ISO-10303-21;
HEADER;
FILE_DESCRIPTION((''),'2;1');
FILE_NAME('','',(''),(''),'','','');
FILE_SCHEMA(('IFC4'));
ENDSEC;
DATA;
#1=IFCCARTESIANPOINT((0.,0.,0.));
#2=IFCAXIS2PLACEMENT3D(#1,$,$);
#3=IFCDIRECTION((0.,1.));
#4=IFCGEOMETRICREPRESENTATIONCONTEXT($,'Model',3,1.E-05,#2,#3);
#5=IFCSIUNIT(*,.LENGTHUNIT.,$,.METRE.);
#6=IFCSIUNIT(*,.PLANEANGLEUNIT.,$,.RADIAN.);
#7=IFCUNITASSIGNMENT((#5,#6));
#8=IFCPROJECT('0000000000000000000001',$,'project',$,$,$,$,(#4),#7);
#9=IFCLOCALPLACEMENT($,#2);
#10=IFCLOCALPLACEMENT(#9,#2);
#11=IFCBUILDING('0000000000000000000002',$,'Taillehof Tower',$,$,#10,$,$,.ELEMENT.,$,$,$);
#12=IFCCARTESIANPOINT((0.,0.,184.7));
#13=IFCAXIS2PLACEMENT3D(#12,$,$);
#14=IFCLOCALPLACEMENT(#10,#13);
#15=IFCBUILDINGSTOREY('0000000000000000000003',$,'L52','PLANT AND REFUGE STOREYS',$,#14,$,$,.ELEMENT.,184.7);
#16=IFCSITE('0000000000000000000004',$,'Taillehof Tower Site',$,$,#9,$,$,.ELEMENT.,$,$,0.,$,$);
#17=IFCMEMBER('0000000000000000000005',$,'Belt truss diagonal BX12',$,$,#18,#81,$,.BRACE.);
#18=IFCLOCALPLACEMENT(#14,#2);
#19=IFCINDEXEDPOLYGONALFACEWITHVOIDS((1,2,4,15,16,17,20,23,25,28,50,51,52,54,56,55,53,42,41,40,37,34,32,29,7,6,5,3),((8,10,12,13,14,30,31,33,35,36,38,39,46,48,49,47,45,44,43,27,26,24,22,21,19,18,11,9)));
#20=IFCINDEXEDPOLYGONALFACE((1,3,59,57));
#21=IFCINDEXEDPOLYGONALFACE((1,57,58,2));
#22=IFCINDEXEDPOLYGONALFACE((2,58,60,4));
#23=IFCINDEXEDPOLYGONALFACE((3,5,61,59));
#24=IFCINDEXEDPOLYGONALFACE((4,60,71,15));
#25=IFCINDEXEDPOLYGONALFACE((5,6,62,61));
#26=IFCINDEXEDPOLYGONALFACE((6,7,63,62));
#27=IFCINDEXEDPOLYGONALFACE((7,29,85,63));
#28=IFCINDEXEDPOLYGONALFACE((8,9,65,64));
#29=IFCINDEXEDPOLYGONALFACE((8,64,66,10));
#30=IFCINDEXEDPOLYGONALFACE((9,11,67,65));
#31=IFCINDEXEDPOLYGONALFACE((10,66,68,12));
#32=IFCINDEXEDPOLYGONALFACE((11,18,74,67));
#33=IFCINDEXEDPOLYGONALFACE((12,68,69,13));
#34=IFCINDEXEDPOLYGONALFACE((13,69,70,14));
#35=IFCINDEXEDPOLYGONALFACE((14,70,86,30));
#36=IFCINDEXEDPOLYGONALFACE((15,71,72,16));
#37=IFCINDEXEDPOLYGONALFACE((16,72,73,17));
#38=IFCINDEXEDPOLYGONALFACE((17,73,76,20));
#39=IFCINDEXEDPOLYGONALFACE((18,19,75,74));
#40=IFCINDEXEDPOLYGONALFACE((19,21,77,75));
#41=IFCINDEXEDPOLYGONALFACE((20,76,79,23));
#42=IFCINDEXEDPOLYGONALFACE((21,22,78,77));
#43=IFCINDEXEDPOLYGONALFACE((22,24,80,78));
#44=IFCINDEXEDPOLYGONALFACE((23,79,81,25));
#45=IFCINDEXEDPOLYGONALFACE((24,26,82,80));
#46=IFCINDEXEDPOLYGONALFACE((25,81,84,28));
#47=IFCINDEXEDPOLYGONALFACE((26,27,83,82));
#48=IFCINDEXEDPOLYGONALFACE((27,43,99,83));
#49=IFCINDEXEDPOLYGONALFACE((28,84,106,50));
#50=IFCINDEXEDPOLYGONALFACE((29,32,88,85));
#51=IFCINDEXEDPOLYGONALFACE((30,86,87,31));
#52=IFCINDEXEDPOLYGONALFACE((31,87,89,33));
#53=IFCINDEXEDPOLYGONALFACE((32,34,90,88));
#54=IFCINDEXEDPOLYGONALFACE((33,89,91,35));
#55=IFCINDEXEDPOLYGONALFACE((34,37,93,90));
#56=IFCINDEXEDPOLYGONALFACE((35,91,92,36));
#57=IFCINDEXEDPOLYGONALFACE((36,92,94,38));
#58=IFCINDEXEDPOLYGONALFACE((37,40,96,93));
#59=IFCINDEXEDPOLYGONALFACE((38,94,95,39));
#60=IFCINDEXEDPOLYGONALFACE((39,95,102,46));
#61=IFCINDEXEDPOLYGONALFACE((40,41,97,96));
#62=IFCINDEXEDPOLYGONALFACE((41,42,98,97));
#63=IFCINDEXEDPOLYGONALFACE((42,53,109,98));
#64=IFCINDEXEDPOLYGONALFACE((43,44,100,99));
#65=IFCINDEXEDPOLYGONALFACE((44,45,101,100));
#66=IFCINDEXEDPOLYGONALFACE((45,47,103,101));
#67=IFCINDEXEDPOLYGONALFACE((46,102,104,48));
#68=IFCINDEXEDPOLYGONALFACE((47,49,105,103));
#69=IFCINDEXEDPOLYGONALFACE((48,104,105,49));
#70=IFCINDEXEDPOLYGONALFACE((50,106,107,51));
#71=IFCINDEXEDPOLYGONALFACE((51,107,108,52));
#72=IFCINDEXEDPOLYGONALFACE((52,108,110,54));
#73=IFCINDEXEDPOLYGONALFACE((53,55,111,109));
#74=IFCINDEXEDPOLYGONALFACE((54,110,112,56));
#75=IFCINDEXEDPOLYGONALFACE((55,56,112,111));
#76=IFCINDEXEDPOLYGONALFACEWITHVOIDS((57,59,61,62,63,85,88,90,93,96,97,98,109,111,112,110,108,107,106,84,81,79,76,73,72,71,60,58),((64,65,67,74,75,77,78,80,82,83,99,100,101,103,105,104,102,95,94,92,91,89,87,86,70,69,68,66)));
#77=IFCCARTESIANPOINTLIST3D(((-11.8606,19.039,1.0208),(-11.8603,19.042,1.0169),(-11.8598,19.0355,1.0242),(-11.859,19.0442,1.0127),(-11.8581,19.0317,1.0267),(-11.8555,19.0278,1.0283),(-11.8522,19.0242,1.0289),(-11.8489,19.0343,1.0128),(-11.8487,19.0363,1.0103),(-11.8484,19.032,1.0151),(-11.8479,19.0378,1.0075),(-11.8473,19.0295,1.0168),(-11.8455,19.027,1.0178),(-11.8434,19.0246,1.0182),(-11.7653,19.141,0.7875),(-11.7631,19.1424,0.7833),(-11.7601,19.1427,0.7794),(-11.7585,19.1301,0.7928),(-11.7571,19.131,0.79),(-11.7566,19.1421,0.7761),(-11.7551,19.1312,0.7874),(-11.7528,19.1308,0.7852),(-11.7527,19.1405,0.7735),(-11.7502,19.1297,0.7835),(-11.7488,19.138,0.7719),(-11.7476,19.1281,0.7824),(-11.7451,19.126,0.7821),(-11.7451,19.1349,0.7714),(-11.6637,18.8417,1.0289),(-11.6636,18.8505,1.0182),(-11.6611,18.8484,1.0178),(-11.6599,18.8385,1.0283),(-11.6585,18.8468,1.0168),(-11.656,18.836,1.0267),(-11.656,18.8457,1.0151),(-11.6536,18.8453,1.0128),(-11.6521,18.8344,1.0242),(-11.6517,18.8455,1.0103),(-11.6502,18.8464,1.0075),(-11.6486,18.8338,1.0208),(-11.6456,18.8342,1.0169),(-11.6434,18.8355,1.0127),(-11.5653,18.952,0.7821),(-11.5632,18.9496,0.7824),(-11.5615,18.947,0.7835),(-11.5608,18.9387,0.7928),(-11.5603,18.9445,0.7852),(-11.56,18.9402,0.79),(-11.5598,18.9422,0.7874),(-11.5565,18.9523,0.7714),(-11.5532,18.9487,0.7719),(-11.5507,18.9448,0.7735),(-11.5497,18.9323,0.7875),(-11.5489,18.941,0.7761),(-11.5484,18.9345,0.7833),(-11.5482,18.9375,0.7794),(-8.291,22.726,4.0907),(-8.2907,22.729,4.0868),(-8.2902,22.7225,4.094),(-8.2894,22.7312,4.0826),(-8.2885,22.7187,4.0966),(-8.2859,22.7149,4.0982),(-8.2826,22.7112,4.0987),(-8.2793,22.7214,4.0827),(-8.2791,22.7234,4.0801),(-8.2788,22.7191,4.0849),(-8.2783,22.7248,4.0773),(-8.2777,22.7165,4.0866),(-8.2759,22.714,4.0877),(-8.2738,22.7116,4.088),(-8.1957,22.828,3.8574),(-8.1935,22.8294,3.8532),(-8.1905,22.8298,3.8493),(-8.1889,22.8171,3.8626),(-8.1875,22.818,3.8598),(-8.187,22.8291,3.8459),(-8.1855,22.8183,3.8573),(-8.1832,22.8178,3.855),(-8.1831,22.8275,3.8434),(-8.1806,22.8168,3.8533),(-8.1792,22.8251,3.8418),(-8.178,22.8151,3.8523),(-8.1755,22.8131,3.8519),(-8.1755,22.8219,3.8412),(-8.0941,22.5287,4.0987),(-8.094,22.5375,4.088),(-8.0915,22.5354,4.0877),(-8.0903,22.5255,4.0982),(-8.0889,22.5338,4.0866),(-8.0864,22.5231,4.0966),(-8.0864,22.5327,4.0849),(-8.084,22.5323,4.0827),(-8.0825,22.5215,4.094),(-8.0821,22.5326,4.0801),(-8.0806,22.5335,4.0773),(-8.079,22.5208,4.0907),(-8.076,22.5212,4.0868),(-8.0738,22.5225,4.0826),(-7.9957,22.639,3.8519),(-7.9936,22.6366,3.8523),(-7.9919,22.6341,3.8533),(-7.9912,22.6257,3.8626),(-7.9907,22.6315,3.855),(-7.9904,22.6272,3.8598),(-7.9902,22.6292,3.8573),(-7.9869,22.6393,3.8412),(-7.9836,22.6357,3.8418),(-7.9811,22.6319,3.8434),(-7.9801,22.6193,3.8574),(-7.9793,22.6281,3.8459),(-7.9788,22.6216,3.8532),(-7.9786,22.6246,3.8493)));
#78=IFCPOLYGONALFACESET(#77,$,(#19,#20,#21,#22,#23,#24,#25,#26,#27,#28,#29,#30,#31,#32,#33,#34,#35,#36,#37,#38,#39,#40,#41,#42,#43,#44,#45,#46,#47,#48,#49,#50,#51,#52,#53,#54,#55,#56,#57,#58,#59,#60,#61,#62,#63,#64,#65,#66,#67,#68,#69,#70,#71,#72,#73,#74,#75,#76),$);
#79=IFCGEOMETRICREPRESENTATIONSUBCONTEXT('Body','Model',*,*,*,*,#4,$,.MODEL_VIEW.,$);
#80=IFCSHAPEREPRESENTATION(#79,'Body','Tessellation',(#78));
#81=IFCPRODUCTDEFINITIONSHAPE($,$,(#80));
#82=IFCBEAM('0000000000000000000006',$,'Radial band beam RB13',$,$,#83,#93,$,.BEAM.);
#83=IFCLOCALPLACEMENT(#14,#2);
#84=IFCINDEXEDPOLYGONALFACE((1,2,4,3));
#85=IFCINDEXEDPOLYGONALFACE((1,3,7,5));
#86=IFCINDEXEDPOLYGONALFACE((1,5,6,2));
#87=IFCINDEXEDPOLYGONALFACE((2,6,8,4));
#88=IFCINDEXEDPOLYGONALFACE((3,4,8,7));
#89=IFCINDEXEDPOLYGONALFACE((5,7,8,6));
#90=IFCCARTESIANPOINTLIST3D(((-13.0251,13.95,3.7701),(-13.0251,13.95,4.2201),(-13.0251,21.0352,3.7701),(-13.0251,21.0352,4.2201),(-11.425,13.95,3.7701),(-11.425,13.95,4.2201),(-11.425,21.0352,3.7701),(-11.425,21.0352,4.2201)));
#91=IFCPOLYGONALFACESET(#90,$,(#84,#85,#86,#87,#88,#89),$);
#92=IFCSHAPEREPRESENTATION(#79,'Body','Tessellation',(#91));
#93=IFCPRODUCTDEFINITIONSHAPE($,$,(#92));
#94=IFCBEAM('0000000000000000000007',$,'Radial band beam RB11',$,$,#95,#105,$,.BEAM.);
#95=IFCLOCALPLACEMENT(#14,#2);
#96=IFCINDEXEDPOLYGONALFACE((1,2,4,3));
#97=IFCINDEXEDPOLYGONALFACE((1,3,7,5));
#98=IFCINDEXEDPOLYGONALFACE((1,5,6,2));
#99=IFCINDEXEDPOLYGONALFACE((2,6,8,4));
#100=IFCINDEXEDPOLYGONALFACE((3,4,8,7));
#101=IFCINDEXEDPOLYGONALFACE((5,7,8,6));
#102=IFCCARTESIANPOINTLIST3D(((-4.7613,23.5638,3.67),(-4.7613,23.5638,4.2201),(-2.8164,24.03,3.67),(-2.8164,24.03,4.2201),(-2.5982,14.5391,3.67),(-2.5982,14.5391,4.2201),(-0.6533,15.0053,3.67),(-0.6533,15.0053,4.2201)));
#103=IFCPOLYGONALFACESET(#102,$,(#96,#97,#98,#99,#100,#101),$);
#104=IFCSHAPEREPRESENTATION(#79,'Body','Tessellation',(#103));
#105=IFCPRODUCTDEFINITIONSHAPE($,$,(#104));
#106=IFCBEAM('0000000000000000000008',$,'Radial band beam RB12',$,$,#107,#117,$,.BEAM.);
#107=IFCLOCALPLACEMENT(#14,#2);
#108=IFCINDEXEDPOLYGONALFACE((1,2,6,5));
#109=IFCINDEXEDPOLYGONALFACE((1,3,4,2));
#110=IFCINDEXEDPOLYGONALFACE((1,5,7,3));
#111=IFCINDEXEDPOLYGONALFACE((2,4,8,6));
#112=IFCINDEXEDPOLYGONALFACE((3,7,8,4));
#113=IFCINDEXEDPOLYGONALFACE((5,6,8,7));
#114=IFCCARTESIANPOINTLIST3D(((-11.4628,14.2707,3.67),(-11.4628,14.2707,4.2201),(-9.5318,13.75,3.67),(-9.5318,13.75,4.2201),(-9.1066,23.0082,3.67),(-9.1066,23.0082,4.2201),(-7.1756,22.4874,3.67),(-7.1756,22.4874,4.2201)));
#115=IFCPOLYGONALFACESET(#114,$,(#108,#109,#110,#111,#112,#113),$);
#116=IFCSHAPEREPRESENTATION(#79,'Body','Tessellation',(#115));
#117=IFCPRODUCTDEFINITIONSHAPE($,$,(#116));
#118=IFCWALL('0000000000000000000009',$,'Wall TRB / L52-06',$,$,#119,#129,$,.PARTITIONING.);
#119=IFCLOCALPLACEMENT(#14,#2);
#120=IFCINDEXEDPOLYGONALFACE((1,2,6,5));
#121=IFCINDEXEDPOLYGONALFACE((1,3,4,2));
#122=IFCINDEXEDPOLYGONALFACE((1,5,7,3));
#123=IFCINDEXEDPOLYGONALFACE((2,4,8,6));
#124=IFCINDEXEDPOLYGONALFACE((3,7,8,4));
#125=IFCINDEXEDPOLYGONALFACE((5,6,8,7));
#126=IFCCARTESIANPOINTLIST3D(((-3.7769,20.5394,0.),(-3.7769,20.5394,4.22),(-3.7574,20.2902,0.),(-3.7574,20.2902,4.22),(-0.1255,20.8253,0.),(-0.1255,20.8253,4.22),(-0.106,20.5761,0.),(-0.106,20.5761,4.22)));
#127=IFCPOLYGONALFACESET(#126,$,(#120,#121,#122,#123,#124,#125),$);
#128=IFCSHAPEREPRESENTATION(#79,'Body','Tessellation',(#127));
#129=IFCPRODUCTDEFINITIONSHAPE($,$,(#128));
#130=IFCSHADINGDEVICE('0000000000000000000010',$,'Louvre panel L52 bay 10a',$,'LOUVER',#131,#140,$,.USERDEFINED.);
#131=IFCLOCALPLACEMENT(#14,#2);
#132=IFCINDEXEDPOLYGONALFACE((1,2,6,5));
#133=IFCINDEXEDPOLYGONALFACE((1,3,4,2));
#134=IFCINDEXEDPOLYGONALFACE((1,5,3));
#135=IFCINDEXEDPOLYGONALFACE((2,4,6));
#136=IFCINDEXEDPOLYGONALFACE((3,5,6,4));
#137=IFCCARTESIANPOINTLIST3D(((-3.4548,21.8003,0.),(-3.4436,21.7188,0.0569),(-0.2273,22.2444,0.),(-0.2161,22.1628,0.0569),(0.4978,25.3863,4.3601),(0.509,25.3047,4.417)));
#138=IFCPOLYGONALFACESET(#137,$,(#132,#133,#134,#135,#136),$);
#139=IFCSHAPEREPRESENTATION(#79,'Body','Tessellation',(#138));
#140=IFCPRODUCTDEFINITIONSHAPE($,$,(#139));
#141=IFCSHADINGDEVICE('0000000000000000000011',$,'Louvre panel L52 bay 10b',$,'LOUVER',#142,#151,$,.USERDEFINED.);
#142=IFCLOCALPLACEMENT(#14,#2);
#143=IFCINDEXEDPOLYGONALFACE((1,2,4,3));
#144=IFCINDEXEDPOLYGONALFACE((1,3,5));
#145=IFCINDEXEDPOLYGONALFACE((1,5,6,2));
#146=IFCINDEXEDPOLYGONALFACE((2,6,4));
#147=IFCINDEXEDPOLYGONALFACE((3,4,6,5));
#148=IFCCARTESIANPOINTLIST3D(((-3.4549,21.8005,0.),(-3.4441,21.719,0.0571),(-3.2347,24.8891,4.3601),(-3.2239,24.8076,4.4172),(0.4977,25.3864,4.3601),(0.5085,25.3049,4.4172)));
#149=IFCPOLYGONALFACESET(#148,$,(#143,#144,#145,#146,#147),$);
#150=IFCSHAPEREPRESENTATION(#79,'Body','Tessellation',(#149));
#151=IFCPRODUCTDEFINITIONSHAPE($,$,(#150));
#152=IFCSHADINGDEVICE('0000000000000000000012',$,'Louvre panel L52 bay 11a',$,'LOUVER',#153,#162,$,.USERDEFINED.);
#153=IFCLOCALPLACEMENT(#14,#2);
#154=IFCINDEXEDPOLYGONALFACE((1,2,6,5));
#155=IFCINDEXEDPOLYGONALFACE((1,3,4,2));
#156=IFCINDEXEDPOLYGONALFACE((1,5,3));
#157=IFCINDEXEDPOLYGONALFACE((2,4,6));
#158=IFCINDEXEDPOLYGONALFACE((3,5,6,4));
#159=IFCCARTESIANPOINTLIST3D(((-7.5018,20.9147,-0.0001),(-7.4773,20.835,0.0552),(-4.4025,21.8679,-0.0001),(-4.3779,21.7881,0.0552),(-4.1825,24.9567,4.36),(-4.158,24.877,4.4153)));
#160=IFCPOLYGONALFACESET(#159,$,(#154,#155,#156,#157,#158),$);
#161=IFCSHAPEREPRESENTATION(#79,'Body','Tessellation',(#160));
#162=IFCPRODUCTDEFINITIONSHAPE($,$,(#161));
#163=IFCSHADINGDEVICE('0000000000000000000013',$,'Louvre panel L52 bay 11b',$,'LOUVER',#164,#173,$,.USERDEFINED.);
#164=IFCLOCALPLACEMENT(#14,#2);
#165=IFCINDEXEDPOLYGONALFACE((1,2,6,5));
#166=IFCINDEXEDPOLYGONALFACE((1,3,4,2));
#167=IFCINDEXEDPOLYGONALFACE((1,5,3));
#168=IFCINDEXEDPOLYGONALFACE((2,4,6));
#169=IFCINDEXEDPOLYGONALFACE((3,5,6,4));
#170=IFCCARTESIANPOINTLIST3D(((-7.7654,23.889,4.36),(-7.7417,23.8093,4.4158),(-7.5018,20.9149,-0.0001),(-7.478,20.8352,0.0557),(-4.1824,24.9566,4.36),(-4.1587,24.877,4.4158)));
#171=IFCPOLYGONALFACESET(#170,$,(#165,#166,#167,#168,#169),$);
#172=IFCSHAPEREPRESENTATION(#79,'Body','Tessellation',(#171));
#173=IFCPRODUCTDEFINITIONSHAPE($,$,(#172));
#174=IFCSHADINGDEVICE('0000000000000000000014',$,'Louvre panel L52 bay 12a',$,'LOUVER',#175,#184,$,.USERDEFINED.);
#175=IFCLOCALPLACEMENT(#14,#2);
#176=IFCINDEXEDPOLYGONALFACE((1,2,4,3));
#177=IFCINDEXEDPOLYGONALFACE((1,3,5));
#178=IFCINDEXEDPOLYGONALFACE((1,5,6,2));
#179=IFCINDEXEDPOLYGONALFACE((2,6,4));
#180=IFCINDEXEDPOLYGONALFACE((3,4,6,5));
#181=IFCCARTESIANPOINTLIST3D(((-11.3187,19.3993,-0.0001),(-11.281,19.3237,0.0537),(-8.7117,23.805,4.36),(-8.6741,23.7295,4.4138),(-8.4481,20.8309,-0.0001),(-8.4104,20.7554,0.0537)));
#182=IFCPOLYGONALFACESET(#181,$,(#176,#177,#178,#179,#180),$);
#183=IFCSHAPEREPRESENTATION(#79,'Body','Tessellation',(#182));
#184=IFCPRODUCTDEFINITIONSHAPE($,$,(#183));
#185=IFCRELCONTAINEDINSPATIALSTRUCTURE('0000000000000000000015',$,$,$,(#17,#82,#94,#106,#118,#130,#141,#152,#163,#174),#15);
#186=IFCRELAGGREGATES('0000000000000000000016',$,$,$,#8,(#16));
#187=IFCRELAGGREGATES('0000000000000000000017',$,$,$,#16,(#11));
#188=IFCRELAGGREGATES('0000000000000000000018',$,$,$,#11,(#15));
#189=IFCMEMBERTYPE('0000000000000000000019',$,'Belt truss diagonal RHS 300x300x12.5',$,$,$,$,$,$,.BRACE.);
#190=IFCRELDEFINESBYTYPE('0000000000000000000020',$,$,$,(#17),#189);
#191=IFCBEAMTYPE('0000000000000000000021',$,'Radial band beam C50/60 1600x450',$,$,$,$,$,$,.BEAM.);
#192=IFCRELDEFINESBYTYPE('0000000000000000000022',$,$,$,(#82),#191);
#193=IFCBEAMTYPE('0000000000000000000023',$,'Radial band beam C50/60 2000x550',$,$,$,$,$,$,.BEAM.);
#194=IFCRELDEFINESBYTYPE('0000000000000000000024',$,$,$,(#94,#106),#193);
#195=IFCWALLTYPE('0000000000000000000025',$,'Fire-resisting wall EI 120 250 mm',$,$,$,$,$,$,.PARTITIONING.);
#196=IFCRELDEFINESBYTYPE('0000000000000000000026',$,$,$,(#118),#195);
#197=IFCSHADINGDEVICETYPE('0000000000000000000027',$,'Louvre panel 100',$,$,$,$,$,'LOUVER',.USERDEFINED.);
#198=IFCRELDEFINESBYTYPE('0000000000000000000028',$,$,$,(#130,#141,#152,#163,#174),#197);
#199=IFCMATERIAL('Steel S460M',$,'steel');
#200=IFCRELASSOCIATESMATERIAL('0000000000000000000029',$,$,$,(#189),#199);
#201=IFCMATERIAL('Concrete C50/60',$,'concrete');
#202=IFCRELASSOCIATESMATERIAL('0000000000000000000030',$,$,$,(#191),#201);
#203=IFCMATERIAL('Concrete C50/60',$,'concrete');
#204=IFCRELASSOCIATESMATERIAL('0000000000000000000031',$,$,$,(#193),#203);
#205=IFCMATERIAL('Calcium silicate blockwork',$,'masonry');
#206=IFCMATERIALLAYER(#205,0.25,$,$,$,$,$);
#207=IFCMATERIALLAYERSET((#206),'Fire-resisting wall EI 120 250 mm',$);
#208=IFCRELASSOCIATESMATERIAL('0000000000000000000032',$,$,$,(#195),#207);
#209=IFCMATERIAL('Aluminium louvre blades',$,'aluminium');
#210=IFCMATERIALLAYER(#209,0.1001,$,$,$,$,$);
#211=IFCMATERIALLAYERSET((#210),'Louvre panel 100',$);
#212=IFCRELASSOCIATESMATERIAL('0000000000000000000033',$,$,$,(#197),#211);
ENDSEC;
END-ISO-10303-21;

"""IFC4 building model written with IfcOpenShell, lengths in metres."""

from ifc_helpers import new_model, si_unit, direction, frame, frame_2d, origin, origin_2d, place, context, subcontext, project, spatial, polyline, rectangle, hollow_rectangle, outline, extrude, material, layer, layer_set, material_profile, profile_set, type_object, element, save


model = new_model("IFC4")

# Units and contexts
model_context = context("Model", 3, precision=1e-05, world=origin(), true_north=direction((0.0, 1.0)))
body_context = subcontext(model_context, "Body", "Model", "MODEL_VIEW")
ifc_project = project(units=[si_unit("LENGTHUNIT", "METRE"), si_unit("PLANEANGLEUNIT", "RADIAN")], contexts=[model_context])

# Site, building, storey
site_placement = place(None, origin())
site = spatial("IfcSite", under=ifc_project, at=site_placement, Name="Taillehof Tower Site", CompositionType="ELEMENT", RefElevation=0.0)
building_placement = place(site_placement, origin())
building = spatial("IfcBuilding", under=site, at=building_placement, Name="Taillehof Tower", CompositionType="ELEMENT")
storey_placement = place(building_placement, frame((0.0, 0.0, 184.7)))
storey = spatial("IfcBuildingStorey", under=building, at=storey_placement, Name="L52", Description="PLANT AND REFUGE STOREYS", CompositionType="ELEMENT", Elevation=184.7)

# Member
ifc_material_1 = material(Name="Steel S460M", Category="steel")
ifc_material_profile_1 = material_profile(ifc_material_1, hollow_rectangle(XDim=0.3, YDim=0.3, WallThickness=0.0125, InnerFilletRadius=0.0125, OuterFilletRadius=0.0188, at=origin_2d()), Name="RHS 300x300x12.5")
ifc_profile_set_1 = profile_set([ifc_material_profile_1], Name="Steel S460M")
member_type_1 = type_object("IfcMemberType", Name="Belt truss diagonal RHS 300x300x12.5", PredefinedType="BRACE", material=ifc_profile_set_1)
member_1_placement = place(storey_placement, frame((-8.1348, 22.6753, 3.97), z_axis=(-0.596925, -0.616563, -0.513353), x_axis=(0.718456, -0.695573, 0.0)))
element("IfcMember", 1, at=member_1_placement, inside=storey, type_object=member_type_1, Name="Belt truss diagonal BX12", PredefinedType="BRACE", context=body_context, shape_type="SweptSolid", body=[
    extrude(hollow_rectangle(XDim=0.3, YDim=0.3, WallThickness=0.0125, InnerFilletRadius=0.0125, OuterFilletRadius=0.0188, at=origin_2d()), origin(), (0.0, 0.0, 1.0), 5.98),
])

# Beams
ifc_material_2 = material(Name="Concrete C50/60", Category="concrete")
ifc_material_profile_2 = material_profile(ifc_material_2, rectangle(XDim=1.6001, YDim=0.45, at=origin_2d()), Name="RC 1600x450")
ifc_profile_set_2 = profile_set([ifc_material_profile_2], Name="Concrete C50/60")
beam_type_1 = type_object("IfcBeamType", Name="Radial band beam C50/60 1600x450", PredefinedType="BEAM", material=ifc_profile_set_2)
beam_1_placement = place(storey_placement, frame((-12.2251, 21.0352, 3.9951), z_axis=(0.0, -1.0, 0.0), x_axis=(1.0, 0.0, 0.0)))
element("IfcBeam", 2, at=beam_1_placement, inside=storey, type_object=beam_type_1, Name="Radial band beam RB13", PredefinedType="BEAM", context=body_context, shape_type="SweptSolid", body=[
    extrude(rectangle(XDim=1.6001, YDim=0.45, at=origin_2d()), origin(), (0.0, 0.0, 1.0), 7.0852),
])
ifc_material_3 = material(Name="Concrete C50/60", Category="concrete")
ifc_material_profile_3 = material_profile(ifc_material_3, rectangle(XDim=2.0, YDim=0.55, at=origin_2d()), Name="RC 2000x550")
ifc_profile_set_3 = profile_set([ifc_material_profile_3], Name="Concrete C50/60")
beam_type_2 = type_object("IfcBeamType", Name="Radial band beam C50/60 2000x550", PredefinedType="BEAM", material=ifc_profile_set_3)
beam_2_placement = place(storey_placement, frame((-3.7888, 23.7969, 3.9451), z_axis=(0.233084, -0.972457, 0.0), x_axis=(0.972457, 0.233084, 0.0)))
element("IfcBeam", 3, at=beam_2_placement, inside=storey, type_object=beam_type_2, Name="Radial band beam RB11", PredefinedType="BEAM", context=body_context, shape_type="SweptSolid", body=[
    extrude(rectangle(XDim=2.0, YDim=0.55, at=origin_2d()), origin(), (0.0, 0.0, 1.0), 9.2803),
])
beam_3_placement = place(storey_placement, frame((-8.1411, 22.7478, 3.9451), z_axis=(-0.260363, -0.965511, 0.0), x_axis=(0.965511, -0.260363, 0.0)))
element("IfcBeam", 4, at=beam_3_placement, inside=storey, type_object=beam_type_2, Name="Radial band beam RB12", PredefinedType="BEAM", context=body_context, shape_type="SweptSolid", body=[
    extrude(rectangle(XDim=2.0, YDim=0.55, at=origin_2d()), origin(), (0.0, 0.0, 1.0), 9.0496),
])

# Wall
ifc_material_4 = material(Name="Calcium silicate blockwork", Category="masonry")
ifc_layer_1 = layer(ifc_material_4, 0.25)
ifc_layer_set_1 = layer_set([ifc_layer_1], Name="Fire-resisting wall EI 120 250 mm")
wall_type = type_object("IfcWallType", Name="Fire-resisting wall EI 120 250 mm", PredefinedType="PARTITIONING", material=ifc_layer_set_1)
wall_placement = place(storey_placement, frame((-0.1157, 20.7007, 0.0), z_axis=(0.0, 0.0, 1.0), x_axis=(-0.996949, -0.078057, 0.0)))
element("IfcWall", 5, at=wall_placement, inside=storey, type_object=wall_type, Name="Wall TRB / L52-06", PredefinedType="PARTITIONING", context=body_context, shape_type="SweptSolid", body=[
    extrude(rectangle(XDim=3.6626, YDim=0.25, at=frame_2d((1.8313, 0.0))), origin(), (0.0, 0.0, 1.0), 4.22),
])

# Shading devices
ifc_material_5 = material(Name="Aluminium louvre blades", Category="aluminium")
ifc_layer_2 = layer(ifc_material_5, 0.1001)
ifc_layer_set_2 = layer_set([ifc_layer_2], Name="Louvre panel 100")
shading_device_type = type_object("IfcShadingDeviceType", Name="Louvre panel 100", ElementType="LOUVER", PredefinedType="USERDEFINED", material=ifc_layer_set_2)
shading_device_1_placement = place(storey_placement, frame((-0.2161, 22.1628, 0.0569), z_axis=(0.112132, -0.814942, 0.568591), x_axis=(-0.990666, -0.13631, 0.0)))
element("IfcShadingDevice", 6, at=shading_device_1_placement, inside=storey, type_object=shading_device_type, Name="Louvre panel L52 bay 10a", ObjectType="LOUVER", PredefinedType="USERDEFINED", context=body_context, shape_type="SweptSolid", body=[
    extrude(outline(polyline([(0.0, 0.0), (3.2579, 0.0), (-1.1466, -5.3003), (0.0, 0.0)])), origin(), (0.0, 0.0, -1.0), 0.1001),
])
shading_device_2_placement = place(storey_placement, frame((-3.4441, 21.719, 0.0571), z_axis=(0.108428, -0.81377, 0.570984), x_axis=(0.041179, 0.577554, 0.815313)))
element("IfcShadingDevice", 7, at=shading_device_2_placement, inside=storey, type_object=shading_device_type, Name="Louvre panel L52 bay 10b", ObjectType="LOUVER", PredefinedType="USERDEFINED", context=body_context, shape_type="SweptSolid", body=[
    extrude(outline(polyline([(0.0, 0.0), (5.3478, 0.0), (5.7887, -3.7395), (0.0, 0.0)])), origin(), (0.0, 0.0, -1.0), 0.1001),
])
shading_device_3_placement = place(storey_placement, frame((-4.3779, 21.7881, 0.0552), z_axis=(0.245062, -0.796892, 0.552185), x_axis=(-0.955825, -0.293938, 0.0)))
element("IfcShadingDevice", 8, at=shading_device_3_placement, inside=storey, type_object=shading_device_type, Name="Louvre panel L52 bay 11a", ObjectType="LOUVER", PredefinedType="USERDEFINED", context=body_context, shape_type="SweptSolid", body=[
    extrude(outline(polyline([(0.0, 0.0), (3.2426, 0.0), (-1.1182, -5.2297), (0.0, 0.0)])), origin(), (0.0, 0.0, -1.0), 0.1001),
])
shading_device_4_placement = place(storey_placement, frame((-7.478, 20.8352, 0.0557), z_axis=(0.237128, -0.795814, 0.557181), x_axis=(-0.049896, 0.562806, 0.825082)))
element("IfcShadingDevice", 9, at=shading_device_4_placement, inside=storey, type_object=shading_device_type, Name="Louvre panel L52 bay 11b", ObjectType="LOUVER", PredefinedType="USERDEFINED", context=body_context, shape_type="SweptSolid", body=[
    extrude(outline(polyline([(0.0, 0.0), (5.2845, 0.0), (5.7065, -3.7148), (0.0, 0.0)])), origin(), (0.0, 0.0, -1.0), 0.1001),
])
shading_device_5_placement = place(storey_placement, frame((-8.4104, 20.7554, 0.0537), z_axis=(0.376348, -0.754621, 0.537502), x_axis=(-0.894883, -0.4463, 0.0)))
element("IfcShadingDevice", 10, at=shading_device_5_placement, inside=storey, type_object=shading_device_type, Name="Louvre panel L52 bay 12a", ObjectType="LOUVER", PredefinedType="USERDEFINED", context=body_context, shape_type="SweptSolid", body=[
    extrude(outline(polyline([(0.0, 0.0), (3.2078, 0.0), (-1.0914, -5.1705), (0.0, 0.0)])), origin(), (0.0, 0.0, -1.0), 0.1001),
])

save(model, "model.ifc")
